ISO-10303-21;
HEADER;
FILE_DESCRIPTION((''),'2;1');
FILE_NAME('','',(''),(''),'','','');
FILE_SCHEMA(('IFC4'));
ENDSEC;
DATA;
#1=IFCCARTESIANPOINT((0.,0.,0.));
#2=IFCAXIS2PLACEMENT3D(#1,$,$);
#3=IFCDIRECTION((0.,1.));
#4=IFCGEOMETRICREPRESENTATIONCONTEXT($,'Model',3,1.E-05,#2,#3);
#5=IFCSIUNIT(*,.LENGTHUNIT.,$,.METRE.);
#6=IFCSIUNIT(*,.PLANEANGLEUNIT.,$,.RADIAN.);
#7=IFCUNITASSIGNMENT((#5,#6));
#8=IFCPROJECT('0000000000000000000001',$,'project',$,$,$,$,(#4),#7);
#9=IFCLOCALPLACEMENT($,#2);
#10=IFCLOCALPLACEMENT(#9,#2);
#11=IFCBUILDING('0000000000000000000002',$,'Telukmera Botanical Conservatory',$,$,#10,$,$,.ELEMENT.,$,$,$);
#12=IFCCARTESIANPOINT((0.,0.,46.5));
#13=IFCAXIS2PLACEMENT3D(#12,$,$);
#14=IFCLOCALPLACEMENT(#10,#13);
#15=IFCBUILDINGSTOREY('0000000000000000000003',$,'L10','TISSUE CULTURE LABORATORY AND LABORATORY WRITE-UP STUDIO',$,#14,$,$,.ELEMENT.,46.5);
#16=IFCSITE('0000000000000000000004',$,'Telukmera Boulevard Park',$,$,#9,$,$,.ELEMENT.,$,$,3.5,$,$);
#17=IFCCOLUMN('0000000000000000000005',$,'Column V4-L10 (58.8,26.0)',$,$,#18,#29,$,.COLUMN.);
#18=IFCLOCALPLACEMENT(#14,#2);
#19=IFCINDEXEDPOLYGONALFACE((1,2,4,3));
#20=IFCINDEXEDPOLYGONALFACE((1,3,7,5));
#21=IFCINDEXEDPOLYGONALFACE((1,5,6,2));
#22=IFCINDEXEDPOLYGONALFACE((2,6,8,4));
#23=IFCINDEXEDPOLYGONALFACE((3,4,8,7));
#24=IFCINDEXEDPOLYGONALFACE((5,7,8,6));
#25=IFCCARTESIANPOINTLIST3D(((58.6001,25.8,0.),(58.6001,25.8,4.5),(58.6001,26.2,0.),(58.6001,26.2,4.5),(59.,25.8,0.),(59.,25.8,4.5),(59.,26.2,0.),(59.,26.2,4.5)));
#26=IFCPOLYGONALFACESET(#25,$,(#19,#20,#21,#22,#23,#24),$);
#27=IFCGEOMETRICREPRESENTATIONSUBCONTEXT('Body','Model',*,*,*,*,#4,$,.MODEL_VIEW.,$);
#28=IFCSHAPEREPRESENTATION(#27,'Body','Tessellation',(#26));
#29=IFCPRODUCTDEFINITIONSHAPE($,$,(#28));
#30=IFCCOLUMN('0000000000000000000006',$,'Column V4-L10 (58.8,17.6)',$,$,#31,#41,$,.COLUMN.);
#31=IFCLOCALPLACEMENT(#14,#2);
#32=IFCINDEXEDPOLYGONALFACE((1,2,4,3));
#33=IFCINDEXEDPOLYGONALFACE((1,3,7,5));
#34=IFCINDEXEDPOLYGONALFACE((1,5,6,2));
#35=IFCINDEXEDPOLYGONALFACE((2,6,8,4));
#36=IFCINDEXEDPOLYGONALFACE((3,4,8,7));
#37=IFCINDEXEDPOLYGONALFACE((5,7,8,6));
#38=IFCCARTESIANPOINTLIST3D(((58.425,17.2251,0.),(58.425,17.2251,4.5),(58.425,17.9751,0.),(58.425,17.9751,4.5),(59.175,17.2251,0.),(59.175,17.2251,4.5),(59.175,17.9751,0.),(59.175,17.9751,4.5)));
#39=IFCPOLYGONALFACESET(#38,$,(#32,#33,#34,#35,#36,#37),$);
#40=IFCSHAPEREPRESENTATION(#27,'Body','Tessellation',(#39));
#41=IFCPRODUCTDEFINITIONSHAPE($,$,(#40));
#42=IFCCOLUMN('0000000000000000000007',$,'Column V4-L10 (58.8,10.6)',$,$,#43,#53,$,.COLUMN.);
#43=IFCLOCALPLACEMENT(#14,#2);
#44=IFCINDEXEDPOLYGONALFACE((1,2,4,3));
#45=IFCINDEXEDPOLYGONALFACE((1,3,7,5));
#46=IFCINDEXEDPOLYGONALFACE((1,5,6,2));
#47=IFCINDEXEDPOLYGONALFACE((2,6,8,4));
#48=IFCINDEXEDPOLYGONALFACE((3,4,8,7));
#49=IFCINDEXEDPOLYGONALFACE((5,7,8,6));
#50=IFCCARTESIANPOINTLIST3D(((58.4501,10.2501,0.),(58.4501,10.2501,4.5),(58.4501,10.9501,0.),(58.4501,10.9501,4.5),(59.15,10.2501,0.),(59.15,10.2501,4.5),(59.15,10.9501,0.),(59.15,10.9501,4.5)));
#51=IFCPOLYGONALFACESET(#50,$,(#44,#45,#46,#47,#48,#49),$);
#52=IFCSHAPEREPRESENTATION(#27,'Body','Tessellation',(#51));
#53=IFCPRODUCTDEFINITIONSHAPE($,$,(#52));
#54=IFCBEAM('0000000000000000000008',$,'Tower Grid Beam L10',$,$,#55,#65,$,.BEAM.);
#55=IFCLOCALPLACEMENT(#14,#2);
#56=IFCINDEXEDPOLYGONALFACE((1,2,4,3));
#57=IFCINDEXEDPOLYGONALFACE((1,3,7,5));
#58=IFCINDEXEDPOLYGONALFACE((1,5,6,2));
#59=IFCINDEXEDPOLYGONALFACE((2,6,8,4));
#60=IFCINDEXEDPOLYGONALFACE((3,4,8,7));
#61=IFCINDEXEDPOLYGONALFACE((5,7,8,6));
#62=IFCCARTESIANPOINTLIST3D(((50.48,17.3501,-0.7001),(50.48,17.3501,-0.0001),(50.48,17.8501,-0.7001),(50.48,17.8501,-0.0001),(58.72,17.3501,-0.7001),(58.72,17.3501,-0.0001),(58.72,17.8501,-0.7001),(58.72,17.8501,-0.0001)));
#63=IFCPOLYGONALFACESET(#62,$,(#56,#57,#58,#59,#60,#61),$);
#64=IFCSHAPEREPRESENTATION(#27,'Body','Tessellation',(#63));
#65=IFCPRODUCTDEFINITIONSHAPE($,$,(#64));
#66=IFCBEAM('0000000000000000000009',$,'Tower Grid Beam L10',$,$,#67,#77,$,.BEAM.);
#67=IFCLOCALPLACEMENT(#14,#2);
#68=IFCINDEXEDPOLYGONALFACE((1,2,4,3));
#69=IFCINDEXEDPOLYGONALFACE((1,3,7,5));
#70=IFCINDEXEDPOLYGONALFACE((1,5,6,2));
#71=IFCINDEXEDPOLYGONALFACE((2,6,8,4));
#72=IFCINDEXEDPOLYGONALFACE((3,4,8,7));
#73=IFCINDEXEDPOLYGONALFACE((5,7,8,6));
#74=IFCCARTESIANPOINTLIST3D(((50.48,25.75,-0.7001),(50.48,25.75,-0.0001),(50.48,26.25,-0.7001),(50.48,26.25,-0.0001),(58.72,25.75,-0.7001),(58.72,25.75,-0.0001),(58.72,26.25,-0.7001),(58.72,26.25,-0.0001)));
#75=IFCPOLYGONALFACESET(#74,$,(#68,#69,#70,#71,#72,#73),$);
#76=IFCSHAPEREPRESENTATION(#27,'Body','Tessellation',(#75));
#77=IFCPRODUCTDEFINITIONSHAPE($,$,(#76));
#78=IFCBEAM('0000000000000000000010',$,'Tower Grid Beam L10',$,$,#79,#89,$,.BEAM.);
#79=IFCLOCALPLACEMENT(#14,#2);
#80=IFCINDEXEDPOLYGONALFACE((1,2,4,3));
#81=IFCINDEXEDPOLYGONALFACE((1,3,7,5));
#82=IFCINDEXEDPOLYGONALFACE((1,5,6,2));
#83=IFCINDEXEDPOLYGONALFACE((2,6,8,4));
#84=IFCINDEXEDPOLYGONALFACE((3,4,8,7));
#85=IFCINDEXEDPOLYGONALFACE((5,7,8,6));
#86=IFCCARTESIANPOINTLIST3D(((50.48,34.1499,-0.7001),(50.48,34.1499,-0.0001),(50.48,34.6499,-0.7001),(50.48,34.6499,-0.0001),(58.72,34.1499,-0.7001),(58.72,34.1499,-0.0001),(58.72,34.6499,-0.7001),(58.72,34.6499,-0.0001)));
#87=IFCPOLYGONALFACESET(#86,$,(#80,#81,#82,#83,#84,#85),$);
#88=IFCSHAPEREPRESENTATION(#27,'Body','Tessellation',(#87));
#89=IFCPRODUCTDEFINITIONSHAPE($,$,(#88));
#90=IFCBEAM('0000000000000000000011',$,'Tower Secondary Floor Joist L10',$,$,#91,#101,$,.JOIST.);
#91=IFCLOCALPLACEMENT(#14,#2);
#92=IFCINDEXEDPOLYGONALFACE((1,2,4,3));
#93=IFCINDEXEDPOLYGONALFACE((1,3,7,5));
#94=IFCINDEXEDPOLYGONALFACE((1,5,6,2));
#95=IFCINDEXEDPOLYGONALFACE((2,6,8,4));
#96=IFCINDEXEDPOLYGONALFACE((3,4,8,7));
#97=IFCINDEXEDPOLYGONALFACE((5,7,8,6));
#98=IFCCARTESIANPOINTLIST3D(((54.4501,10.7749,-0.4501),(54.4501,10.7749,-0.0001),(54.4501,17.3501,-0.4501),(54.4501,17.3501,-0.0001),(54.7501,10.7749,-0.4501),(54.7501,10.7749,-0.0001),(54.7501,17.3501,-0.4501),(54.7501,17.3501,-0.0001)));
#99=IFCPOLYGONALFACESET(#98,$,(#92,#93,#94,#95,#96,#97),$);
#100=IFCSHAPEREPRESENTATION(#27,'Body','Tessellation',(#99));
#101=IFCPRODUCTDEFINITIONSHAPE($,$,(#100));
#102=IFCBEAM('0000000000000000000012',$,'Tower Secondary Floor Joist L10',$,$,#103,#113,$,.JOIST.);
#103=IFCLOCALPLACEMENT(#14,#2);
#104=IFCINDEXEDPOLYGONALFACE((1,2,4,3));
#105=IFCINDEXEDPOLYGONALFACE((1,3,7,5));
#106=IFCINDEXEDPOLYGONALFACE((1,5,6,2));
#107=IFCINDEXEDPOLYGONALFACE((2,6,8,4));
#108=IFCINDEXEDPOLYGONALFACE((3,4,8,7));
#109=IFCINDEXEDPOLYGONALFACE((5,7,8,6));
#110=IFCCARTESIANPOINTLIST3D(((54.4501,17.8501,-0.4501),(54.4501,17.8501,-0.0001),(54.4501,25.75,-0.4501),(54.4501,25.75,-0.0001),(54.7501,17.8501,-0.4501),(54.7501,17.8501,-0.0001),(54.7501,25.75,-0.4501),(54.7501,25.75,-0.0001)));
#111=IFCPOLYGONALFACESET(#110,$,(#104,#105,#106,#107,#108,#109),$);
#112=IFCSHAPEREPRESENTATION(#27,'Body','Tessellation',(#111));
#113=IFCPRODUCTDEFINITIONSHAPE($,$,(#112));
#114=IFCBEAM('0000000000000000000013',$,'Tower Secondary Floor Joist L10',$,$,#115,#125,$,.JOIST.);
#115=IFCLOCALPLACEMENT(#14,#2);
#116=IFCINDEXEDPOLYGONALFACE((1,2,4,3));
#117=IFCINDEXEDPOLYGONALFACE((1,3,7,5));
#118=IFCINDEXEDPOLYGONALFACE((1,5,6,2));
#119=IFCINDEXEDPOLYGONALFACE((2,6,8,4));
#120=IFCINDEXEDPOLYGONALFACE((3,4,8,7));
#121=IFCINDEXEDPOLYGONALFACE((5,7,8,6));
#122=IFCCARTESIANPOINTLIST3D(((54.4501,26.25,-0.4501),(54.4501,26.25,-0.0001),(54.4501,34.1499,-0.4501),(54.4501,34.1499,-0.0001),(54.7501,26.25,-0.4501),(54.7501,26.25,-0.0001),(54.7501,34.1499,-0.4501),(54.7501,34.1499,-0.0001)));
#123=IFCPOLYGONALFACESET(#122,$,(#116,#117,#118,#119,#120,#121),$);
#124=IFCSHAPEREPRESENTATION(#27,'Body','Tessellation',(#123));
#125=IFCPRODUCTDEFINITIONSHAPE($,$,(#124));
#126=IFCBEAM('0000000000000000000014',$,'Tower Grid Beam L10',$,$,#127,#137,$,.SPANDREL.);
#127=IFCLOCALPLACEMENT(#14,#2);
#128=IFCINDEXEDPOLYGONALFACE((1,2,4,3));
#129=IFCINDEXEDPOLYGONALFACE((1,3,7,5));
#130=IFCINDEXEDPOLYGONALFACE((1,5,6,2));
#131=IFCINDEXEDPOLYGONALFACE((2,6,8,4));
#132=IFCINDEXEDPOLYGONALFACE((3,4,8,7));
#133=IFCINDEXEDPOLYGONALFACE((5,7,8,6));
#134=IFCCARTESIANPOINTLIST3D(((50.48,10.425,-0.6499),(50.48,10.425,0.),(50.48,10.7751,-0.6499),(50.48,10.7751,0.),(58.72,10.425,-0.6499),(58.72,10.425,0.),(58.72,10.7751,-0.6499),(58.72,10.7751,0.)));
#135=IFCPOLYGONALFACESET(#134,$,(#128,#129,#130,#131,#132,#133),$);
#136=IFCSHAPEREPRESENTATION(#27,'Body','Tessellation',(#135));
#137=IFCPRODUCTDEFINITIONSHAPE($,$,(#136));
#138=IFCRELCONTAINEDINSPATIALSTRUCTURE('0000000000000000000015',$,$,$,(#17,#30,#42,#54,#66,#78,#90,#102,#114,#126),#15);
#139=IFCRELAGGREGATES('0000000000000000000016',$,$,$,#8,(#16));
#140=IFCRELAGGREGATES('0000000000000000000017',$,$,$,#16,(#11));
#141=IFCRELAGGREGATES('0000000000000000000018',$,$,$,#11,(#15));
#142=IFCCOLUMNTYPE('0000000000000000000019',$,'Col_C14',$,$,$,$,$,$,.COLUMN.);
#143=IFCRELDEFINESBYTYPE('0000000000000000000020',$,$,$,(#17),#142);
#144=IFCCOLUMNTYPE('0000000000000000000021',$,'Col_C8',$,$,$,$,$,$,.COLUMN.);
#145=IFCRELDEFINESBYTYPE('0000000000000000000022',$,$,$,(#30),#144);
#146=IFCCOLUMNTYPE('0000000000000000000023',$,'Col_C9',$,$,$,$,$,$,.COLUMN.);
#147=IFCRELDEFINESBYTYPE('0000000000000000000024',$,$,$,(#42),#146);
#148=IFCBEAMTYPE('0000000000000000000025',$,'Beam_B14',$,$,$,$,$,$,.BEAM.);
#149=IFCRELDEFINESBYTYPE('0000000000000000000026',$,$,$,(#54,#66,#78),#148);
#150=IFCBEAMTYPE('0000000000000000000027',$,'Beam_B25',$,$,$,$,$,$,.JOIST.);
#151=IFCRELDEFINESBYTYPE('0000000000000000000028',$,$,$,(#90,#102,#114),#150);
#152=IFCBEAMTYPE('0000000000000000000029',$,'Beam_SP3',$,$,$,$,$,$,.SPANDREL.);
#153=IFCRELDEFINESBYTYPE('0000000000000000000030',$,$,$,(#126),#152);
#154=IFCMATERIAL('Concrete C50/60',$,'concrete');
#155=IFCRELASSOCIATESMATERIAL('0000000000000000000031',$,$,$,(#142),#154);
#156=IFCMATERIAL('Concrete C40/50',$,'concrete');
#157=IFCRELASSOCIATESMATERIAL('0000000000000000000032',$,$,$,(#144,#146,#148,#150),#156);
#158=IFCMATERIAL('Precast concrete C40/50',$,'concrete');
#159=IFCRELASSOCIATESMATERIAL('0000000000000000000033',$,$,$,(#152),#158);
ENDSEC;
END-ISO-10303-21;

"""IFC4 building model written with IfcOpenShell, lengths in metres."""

from ifc_helpers import new_model, si_unit, direction, frame, origin, origin_2d, place, context, subcontext, project, spatial, rectangle, extrude, material, material_profile, profile_set, type_object, element, save


model = new_model("IFC4")

# Units and contexts
model_context = context("Model", 3, precision=1e-05, world=origin(), true_north=direction((0.0, 1.0)))
body_context = subcontext(model_context, "Body", "Model", "MODEL_VIEW")
ifc_project = project(units=[si_unit("LENGTHUNIT", "METRE"), si_unit("PLANEANGLEUNIT", "RADIAN")], contexts=[model_context])

# Site, building, storey
site_placement = place(None, origin())
site = spatial("IfcSite", under=ifc_project, at=site_placement, Name="Telukmera Boulevard Park", CompositionType="ELEMENT", RefElevation=3.5)
building_placement = place(site_placement, origin())
building = spatial("IfcBuilding", under=site, at=building_placement, Name="Telukmera Botanical Conservatory", CompositionType="ELEMENT")
storey_placement = place(building_placement, frame((0.0, 0.0, 46.5)))
storey = spatial("IfcBuildingStorey", under=building, at=storey_placement, Name="L10", Description="TISSUE CULTURE LABORATORY AND LABORATORY WRITE-UP STUDIO", CompositionType="ELEMENT", Elevation=46.5)

# Columns
ifc_material_1 = material(Name="Concrete C50/60", Category="concrete")
ifc_material_profile_1 = material_profile(ifc_material_1, rectangle(XDim=0.3999, YDim=0.3999, at=origin_2d()), Name="RC 400x400")
ifc_profile_set_1 = profile_set([ifc_material_profile_1], Name="Concrete C50/60")
column_type_1 = type_object("IfcColumnType", Name="Col_C14", PredefinedType="COLUMN", material=ifc_profile_set_1)
column_1_placement = place(storey_placement, frame((58.8, 26.0, 0.0), z_axis=(0.0, 0.0, 1.0), x_axis=(1.0, 0.0, 0.0)))
element("IfcColumn", 1, at=column_1_placement, inside=storey, type_object=column_type_1, Name="Column V4-L10 (58.8,26.0)", PredefinedType="COLUMN", context=body_context, shape_type="SweptSolid", body=[
    extrude(rectangle(XDim=0.3999, YDim=0.3999, at=origin_2d()), origin(), (0.0, 0.0, 1.0), 4.5),
])
ifc_material_2 = material(Name="Concrete C40/50", Category="concrete")
ifc_material_profile_2 = material_profile(ifc_material_2, rectangle(XDim=0.75, YDim=0.75, at=origin_2d()), Name="RC 750x750")
ifc_profile_set_2 = profile_set([ifc_material_profile_2], Name="Concrete C40/50")
column_type_2 = type_object("IfcColumnType", Name="Col_C8", PredefinedType="COLUMN", material=ifc_profile_set_2)
column_2_placement = place(storey_placement, frame((58.8, 17.6001, 0.0), z_axis=(0.0, 0.0, 1.0), x_axis=(1.0, 0.0, 0.0)))
element("IfcColumn", 2, at=column_2_placement, inside=storey, type_object=column_type_2, Name="Column V4-L10 (58.8,17.6)", PredefinedType="COLUMN", context=body_context, shape_type="SweptSolid", body=[
    extrude(rectangle(XDim=0.75, YDim=0.75, at=origin_2d()), origin(), (0.0, 0.0, 1.0), 4.5),
])
ifc_material_profile_3 = material_profile(ifc_material_2, rectangle(XDim=0.7, YDim=0.7, at=origin_2d()), Name="RC 700x700")
ifc_profile_set_3 = profile_set([ifc_material_profile_3], Name="Concrete C40/50")
column_type_3 = type_object("IfcColumnType", Name="Col_C9", PredefinedType="COLUMN", material=ifc_profile_set_3)
column_3_placement = place(storey_placement, frame((58.8, 10.6001, 0.0), z_axis=(0.0, 0.0, 1.0), x_axis=(1.0, 0.0, 0.0)))
element("IfcColumn", 3, at=column_3_placement, inside=storey, type_object=column_type_3, Name="Column V4-L10 (58.8,10.6)", PredefinedType="COLUMN", context=body_context, shape_type="SweptSolid", body=[
    extrude(rectangle(XDim=0.7, YDim=0.7, at=origin_2d()), origin(), (0.0, 0.0, 1.0), 4.5),
])

# Beams
ifc_material_profile_4 = material_profile(ifc_material_2, rectangle(XDim=0.5, YDim=0.7, at=origin_2d()), Name="RC 500x700")
ifc_profile_set_4 = profile_set([ifc_material_profile_4], Name="Concrete C40/50")
beam_type_1 = type_object("IfcBeamType", Name="Beam_B14", PredefinedType="BEAM", material=ifc_profile_set_4)
for number, where, z_axis, x_axis, name in (
    (4, (50.48, 17.6001, -0.3501), (1.0, 0.0, 0.0), (0.0, 1.0, 0.0), "Tower Grid Beam L10"),
    (5, (50.48, 26.0, -0.3501), (1.0, 0.0, 0.0), (0.0, 1.0, 0.0), "Tower Grid Beam L10"),
    (6, (50.48, 34.3999, -0.3501), (1.0, 0.0, 0.0), (0.0, 1.0, 0.0), "Tower Grid Beam L10"),
):
    element("IfcBeam", number, at=place(storey_placement, frame(where, z_axis=z_axis, x_axis=x_axis)), inside=storey, type_object=beam_type_1, Name=name, PredefinedType="BEAM", context=body_context, shape_type="SweptSolid", body=[
        extrude(rectangle(XDim=0.5, YDim=0.7, at=origin_2d()), origin(), (0.0, 0.0, 1.0), 8.24),
    ])
ifc_material_profile_5 = material_profile(ifc_material_2, rectangle(XDim=0.3, YDim=0.45, at=origin_2d()), Name="RC 300x450")
ifc_profile_set_5 = profile_set([ifc_material_profile_5], Name="Concrete C40/50")
beam_type_2 = type_object("IfcBeamType", Name="Beam_B25", PredefinedType="JOIST", material=ifc_profile_set_5)
beam_1_placement = place(storey_placement, frame((54.6001, 10.7749, -0.2251), z_axis=(0.0, 1.0, 0.0), x_axis=(-1.0, 0.0, 0.0)))
element("IfcBeam", 7, at=beam_1_placement, inside=storey, type_object=beam_type_2, Name="Tower Secondary Floor Joist L10", PredefinedType="JOIST", context=body_context, shape_type="SweptSolid", body=[
    extrude(rectangle(XDim=0.3, YDim=0.45, at=origin_2d()), origin(), (0.0, 0.0, 1.0), 6.5752),
])
for number, where, z_axis, x_axis, name in (
    (8, (54.6001, 17.8501, -0.2251), (0.0, 1.0, 0.0), (-1.0, 0.0, 0.0), "Tower Secondary Floor Joist L10"),
    (9, (54.6001, 26.25, -0.2251), (0.0, 1.0, 0.0), (-1.0, 0.0, 0.0), "Tower Secondary Floor Joist L10"),
):
    element("IfcBeam", number, at=place(storey_placement, frame(where, z_axis=z_axis, x_axis=x_axis)), inside=storey, type_object=beam_type_2, Name=name, PredefinedType="JOIST", context=body_context, shape_type="SweptSolid", body=[
        extrude(rectangle(XDim=0.3, YDim=0.45, at=origin_2d()), origin(), (0.0, 0.0, 1.0), 7.8999),
    ])
ifc_material_3 = material(Name="Precast concrete C40/50", Category="concrete")
ifc_material_profile_6 = material_profile(ifc_material_3, rectangle(XDim=0.3501, YDim=0.6499, at=origin_2d()), Name="PC 350x650")
ifc_profile_set_6 = profile_set([ifc_material_profile_6], Name="Precast concrete C40/50")
beam_type_3 = type_object("IfcBeamType", Name="Beam_SP3", PredefinedType="SPANDREL", material=ifc_profile_set_6)
beam_2_placement = place(storey_placement, frame((50.48, 10.6001, -0.325), z_axis=(1.0, 0.0, 0.0), x_axis=(0.0, 1.0, 0.0)))
element("IfcBeam", 10, at=beam_2_placement, inside=storey, type_object=beam_type_3, Name="Tower Grid Beam L10", PredefinedType="SPANDREL", context=body_context, shape_type="SweptSolid", body=[
    extrude(rectangle(XDim=0.3501, YDim=0.6499, at=origin_2d()), origin(), (0.0, 0.0, 1.0), 8.24),
])

save(model, "model.ifc")
